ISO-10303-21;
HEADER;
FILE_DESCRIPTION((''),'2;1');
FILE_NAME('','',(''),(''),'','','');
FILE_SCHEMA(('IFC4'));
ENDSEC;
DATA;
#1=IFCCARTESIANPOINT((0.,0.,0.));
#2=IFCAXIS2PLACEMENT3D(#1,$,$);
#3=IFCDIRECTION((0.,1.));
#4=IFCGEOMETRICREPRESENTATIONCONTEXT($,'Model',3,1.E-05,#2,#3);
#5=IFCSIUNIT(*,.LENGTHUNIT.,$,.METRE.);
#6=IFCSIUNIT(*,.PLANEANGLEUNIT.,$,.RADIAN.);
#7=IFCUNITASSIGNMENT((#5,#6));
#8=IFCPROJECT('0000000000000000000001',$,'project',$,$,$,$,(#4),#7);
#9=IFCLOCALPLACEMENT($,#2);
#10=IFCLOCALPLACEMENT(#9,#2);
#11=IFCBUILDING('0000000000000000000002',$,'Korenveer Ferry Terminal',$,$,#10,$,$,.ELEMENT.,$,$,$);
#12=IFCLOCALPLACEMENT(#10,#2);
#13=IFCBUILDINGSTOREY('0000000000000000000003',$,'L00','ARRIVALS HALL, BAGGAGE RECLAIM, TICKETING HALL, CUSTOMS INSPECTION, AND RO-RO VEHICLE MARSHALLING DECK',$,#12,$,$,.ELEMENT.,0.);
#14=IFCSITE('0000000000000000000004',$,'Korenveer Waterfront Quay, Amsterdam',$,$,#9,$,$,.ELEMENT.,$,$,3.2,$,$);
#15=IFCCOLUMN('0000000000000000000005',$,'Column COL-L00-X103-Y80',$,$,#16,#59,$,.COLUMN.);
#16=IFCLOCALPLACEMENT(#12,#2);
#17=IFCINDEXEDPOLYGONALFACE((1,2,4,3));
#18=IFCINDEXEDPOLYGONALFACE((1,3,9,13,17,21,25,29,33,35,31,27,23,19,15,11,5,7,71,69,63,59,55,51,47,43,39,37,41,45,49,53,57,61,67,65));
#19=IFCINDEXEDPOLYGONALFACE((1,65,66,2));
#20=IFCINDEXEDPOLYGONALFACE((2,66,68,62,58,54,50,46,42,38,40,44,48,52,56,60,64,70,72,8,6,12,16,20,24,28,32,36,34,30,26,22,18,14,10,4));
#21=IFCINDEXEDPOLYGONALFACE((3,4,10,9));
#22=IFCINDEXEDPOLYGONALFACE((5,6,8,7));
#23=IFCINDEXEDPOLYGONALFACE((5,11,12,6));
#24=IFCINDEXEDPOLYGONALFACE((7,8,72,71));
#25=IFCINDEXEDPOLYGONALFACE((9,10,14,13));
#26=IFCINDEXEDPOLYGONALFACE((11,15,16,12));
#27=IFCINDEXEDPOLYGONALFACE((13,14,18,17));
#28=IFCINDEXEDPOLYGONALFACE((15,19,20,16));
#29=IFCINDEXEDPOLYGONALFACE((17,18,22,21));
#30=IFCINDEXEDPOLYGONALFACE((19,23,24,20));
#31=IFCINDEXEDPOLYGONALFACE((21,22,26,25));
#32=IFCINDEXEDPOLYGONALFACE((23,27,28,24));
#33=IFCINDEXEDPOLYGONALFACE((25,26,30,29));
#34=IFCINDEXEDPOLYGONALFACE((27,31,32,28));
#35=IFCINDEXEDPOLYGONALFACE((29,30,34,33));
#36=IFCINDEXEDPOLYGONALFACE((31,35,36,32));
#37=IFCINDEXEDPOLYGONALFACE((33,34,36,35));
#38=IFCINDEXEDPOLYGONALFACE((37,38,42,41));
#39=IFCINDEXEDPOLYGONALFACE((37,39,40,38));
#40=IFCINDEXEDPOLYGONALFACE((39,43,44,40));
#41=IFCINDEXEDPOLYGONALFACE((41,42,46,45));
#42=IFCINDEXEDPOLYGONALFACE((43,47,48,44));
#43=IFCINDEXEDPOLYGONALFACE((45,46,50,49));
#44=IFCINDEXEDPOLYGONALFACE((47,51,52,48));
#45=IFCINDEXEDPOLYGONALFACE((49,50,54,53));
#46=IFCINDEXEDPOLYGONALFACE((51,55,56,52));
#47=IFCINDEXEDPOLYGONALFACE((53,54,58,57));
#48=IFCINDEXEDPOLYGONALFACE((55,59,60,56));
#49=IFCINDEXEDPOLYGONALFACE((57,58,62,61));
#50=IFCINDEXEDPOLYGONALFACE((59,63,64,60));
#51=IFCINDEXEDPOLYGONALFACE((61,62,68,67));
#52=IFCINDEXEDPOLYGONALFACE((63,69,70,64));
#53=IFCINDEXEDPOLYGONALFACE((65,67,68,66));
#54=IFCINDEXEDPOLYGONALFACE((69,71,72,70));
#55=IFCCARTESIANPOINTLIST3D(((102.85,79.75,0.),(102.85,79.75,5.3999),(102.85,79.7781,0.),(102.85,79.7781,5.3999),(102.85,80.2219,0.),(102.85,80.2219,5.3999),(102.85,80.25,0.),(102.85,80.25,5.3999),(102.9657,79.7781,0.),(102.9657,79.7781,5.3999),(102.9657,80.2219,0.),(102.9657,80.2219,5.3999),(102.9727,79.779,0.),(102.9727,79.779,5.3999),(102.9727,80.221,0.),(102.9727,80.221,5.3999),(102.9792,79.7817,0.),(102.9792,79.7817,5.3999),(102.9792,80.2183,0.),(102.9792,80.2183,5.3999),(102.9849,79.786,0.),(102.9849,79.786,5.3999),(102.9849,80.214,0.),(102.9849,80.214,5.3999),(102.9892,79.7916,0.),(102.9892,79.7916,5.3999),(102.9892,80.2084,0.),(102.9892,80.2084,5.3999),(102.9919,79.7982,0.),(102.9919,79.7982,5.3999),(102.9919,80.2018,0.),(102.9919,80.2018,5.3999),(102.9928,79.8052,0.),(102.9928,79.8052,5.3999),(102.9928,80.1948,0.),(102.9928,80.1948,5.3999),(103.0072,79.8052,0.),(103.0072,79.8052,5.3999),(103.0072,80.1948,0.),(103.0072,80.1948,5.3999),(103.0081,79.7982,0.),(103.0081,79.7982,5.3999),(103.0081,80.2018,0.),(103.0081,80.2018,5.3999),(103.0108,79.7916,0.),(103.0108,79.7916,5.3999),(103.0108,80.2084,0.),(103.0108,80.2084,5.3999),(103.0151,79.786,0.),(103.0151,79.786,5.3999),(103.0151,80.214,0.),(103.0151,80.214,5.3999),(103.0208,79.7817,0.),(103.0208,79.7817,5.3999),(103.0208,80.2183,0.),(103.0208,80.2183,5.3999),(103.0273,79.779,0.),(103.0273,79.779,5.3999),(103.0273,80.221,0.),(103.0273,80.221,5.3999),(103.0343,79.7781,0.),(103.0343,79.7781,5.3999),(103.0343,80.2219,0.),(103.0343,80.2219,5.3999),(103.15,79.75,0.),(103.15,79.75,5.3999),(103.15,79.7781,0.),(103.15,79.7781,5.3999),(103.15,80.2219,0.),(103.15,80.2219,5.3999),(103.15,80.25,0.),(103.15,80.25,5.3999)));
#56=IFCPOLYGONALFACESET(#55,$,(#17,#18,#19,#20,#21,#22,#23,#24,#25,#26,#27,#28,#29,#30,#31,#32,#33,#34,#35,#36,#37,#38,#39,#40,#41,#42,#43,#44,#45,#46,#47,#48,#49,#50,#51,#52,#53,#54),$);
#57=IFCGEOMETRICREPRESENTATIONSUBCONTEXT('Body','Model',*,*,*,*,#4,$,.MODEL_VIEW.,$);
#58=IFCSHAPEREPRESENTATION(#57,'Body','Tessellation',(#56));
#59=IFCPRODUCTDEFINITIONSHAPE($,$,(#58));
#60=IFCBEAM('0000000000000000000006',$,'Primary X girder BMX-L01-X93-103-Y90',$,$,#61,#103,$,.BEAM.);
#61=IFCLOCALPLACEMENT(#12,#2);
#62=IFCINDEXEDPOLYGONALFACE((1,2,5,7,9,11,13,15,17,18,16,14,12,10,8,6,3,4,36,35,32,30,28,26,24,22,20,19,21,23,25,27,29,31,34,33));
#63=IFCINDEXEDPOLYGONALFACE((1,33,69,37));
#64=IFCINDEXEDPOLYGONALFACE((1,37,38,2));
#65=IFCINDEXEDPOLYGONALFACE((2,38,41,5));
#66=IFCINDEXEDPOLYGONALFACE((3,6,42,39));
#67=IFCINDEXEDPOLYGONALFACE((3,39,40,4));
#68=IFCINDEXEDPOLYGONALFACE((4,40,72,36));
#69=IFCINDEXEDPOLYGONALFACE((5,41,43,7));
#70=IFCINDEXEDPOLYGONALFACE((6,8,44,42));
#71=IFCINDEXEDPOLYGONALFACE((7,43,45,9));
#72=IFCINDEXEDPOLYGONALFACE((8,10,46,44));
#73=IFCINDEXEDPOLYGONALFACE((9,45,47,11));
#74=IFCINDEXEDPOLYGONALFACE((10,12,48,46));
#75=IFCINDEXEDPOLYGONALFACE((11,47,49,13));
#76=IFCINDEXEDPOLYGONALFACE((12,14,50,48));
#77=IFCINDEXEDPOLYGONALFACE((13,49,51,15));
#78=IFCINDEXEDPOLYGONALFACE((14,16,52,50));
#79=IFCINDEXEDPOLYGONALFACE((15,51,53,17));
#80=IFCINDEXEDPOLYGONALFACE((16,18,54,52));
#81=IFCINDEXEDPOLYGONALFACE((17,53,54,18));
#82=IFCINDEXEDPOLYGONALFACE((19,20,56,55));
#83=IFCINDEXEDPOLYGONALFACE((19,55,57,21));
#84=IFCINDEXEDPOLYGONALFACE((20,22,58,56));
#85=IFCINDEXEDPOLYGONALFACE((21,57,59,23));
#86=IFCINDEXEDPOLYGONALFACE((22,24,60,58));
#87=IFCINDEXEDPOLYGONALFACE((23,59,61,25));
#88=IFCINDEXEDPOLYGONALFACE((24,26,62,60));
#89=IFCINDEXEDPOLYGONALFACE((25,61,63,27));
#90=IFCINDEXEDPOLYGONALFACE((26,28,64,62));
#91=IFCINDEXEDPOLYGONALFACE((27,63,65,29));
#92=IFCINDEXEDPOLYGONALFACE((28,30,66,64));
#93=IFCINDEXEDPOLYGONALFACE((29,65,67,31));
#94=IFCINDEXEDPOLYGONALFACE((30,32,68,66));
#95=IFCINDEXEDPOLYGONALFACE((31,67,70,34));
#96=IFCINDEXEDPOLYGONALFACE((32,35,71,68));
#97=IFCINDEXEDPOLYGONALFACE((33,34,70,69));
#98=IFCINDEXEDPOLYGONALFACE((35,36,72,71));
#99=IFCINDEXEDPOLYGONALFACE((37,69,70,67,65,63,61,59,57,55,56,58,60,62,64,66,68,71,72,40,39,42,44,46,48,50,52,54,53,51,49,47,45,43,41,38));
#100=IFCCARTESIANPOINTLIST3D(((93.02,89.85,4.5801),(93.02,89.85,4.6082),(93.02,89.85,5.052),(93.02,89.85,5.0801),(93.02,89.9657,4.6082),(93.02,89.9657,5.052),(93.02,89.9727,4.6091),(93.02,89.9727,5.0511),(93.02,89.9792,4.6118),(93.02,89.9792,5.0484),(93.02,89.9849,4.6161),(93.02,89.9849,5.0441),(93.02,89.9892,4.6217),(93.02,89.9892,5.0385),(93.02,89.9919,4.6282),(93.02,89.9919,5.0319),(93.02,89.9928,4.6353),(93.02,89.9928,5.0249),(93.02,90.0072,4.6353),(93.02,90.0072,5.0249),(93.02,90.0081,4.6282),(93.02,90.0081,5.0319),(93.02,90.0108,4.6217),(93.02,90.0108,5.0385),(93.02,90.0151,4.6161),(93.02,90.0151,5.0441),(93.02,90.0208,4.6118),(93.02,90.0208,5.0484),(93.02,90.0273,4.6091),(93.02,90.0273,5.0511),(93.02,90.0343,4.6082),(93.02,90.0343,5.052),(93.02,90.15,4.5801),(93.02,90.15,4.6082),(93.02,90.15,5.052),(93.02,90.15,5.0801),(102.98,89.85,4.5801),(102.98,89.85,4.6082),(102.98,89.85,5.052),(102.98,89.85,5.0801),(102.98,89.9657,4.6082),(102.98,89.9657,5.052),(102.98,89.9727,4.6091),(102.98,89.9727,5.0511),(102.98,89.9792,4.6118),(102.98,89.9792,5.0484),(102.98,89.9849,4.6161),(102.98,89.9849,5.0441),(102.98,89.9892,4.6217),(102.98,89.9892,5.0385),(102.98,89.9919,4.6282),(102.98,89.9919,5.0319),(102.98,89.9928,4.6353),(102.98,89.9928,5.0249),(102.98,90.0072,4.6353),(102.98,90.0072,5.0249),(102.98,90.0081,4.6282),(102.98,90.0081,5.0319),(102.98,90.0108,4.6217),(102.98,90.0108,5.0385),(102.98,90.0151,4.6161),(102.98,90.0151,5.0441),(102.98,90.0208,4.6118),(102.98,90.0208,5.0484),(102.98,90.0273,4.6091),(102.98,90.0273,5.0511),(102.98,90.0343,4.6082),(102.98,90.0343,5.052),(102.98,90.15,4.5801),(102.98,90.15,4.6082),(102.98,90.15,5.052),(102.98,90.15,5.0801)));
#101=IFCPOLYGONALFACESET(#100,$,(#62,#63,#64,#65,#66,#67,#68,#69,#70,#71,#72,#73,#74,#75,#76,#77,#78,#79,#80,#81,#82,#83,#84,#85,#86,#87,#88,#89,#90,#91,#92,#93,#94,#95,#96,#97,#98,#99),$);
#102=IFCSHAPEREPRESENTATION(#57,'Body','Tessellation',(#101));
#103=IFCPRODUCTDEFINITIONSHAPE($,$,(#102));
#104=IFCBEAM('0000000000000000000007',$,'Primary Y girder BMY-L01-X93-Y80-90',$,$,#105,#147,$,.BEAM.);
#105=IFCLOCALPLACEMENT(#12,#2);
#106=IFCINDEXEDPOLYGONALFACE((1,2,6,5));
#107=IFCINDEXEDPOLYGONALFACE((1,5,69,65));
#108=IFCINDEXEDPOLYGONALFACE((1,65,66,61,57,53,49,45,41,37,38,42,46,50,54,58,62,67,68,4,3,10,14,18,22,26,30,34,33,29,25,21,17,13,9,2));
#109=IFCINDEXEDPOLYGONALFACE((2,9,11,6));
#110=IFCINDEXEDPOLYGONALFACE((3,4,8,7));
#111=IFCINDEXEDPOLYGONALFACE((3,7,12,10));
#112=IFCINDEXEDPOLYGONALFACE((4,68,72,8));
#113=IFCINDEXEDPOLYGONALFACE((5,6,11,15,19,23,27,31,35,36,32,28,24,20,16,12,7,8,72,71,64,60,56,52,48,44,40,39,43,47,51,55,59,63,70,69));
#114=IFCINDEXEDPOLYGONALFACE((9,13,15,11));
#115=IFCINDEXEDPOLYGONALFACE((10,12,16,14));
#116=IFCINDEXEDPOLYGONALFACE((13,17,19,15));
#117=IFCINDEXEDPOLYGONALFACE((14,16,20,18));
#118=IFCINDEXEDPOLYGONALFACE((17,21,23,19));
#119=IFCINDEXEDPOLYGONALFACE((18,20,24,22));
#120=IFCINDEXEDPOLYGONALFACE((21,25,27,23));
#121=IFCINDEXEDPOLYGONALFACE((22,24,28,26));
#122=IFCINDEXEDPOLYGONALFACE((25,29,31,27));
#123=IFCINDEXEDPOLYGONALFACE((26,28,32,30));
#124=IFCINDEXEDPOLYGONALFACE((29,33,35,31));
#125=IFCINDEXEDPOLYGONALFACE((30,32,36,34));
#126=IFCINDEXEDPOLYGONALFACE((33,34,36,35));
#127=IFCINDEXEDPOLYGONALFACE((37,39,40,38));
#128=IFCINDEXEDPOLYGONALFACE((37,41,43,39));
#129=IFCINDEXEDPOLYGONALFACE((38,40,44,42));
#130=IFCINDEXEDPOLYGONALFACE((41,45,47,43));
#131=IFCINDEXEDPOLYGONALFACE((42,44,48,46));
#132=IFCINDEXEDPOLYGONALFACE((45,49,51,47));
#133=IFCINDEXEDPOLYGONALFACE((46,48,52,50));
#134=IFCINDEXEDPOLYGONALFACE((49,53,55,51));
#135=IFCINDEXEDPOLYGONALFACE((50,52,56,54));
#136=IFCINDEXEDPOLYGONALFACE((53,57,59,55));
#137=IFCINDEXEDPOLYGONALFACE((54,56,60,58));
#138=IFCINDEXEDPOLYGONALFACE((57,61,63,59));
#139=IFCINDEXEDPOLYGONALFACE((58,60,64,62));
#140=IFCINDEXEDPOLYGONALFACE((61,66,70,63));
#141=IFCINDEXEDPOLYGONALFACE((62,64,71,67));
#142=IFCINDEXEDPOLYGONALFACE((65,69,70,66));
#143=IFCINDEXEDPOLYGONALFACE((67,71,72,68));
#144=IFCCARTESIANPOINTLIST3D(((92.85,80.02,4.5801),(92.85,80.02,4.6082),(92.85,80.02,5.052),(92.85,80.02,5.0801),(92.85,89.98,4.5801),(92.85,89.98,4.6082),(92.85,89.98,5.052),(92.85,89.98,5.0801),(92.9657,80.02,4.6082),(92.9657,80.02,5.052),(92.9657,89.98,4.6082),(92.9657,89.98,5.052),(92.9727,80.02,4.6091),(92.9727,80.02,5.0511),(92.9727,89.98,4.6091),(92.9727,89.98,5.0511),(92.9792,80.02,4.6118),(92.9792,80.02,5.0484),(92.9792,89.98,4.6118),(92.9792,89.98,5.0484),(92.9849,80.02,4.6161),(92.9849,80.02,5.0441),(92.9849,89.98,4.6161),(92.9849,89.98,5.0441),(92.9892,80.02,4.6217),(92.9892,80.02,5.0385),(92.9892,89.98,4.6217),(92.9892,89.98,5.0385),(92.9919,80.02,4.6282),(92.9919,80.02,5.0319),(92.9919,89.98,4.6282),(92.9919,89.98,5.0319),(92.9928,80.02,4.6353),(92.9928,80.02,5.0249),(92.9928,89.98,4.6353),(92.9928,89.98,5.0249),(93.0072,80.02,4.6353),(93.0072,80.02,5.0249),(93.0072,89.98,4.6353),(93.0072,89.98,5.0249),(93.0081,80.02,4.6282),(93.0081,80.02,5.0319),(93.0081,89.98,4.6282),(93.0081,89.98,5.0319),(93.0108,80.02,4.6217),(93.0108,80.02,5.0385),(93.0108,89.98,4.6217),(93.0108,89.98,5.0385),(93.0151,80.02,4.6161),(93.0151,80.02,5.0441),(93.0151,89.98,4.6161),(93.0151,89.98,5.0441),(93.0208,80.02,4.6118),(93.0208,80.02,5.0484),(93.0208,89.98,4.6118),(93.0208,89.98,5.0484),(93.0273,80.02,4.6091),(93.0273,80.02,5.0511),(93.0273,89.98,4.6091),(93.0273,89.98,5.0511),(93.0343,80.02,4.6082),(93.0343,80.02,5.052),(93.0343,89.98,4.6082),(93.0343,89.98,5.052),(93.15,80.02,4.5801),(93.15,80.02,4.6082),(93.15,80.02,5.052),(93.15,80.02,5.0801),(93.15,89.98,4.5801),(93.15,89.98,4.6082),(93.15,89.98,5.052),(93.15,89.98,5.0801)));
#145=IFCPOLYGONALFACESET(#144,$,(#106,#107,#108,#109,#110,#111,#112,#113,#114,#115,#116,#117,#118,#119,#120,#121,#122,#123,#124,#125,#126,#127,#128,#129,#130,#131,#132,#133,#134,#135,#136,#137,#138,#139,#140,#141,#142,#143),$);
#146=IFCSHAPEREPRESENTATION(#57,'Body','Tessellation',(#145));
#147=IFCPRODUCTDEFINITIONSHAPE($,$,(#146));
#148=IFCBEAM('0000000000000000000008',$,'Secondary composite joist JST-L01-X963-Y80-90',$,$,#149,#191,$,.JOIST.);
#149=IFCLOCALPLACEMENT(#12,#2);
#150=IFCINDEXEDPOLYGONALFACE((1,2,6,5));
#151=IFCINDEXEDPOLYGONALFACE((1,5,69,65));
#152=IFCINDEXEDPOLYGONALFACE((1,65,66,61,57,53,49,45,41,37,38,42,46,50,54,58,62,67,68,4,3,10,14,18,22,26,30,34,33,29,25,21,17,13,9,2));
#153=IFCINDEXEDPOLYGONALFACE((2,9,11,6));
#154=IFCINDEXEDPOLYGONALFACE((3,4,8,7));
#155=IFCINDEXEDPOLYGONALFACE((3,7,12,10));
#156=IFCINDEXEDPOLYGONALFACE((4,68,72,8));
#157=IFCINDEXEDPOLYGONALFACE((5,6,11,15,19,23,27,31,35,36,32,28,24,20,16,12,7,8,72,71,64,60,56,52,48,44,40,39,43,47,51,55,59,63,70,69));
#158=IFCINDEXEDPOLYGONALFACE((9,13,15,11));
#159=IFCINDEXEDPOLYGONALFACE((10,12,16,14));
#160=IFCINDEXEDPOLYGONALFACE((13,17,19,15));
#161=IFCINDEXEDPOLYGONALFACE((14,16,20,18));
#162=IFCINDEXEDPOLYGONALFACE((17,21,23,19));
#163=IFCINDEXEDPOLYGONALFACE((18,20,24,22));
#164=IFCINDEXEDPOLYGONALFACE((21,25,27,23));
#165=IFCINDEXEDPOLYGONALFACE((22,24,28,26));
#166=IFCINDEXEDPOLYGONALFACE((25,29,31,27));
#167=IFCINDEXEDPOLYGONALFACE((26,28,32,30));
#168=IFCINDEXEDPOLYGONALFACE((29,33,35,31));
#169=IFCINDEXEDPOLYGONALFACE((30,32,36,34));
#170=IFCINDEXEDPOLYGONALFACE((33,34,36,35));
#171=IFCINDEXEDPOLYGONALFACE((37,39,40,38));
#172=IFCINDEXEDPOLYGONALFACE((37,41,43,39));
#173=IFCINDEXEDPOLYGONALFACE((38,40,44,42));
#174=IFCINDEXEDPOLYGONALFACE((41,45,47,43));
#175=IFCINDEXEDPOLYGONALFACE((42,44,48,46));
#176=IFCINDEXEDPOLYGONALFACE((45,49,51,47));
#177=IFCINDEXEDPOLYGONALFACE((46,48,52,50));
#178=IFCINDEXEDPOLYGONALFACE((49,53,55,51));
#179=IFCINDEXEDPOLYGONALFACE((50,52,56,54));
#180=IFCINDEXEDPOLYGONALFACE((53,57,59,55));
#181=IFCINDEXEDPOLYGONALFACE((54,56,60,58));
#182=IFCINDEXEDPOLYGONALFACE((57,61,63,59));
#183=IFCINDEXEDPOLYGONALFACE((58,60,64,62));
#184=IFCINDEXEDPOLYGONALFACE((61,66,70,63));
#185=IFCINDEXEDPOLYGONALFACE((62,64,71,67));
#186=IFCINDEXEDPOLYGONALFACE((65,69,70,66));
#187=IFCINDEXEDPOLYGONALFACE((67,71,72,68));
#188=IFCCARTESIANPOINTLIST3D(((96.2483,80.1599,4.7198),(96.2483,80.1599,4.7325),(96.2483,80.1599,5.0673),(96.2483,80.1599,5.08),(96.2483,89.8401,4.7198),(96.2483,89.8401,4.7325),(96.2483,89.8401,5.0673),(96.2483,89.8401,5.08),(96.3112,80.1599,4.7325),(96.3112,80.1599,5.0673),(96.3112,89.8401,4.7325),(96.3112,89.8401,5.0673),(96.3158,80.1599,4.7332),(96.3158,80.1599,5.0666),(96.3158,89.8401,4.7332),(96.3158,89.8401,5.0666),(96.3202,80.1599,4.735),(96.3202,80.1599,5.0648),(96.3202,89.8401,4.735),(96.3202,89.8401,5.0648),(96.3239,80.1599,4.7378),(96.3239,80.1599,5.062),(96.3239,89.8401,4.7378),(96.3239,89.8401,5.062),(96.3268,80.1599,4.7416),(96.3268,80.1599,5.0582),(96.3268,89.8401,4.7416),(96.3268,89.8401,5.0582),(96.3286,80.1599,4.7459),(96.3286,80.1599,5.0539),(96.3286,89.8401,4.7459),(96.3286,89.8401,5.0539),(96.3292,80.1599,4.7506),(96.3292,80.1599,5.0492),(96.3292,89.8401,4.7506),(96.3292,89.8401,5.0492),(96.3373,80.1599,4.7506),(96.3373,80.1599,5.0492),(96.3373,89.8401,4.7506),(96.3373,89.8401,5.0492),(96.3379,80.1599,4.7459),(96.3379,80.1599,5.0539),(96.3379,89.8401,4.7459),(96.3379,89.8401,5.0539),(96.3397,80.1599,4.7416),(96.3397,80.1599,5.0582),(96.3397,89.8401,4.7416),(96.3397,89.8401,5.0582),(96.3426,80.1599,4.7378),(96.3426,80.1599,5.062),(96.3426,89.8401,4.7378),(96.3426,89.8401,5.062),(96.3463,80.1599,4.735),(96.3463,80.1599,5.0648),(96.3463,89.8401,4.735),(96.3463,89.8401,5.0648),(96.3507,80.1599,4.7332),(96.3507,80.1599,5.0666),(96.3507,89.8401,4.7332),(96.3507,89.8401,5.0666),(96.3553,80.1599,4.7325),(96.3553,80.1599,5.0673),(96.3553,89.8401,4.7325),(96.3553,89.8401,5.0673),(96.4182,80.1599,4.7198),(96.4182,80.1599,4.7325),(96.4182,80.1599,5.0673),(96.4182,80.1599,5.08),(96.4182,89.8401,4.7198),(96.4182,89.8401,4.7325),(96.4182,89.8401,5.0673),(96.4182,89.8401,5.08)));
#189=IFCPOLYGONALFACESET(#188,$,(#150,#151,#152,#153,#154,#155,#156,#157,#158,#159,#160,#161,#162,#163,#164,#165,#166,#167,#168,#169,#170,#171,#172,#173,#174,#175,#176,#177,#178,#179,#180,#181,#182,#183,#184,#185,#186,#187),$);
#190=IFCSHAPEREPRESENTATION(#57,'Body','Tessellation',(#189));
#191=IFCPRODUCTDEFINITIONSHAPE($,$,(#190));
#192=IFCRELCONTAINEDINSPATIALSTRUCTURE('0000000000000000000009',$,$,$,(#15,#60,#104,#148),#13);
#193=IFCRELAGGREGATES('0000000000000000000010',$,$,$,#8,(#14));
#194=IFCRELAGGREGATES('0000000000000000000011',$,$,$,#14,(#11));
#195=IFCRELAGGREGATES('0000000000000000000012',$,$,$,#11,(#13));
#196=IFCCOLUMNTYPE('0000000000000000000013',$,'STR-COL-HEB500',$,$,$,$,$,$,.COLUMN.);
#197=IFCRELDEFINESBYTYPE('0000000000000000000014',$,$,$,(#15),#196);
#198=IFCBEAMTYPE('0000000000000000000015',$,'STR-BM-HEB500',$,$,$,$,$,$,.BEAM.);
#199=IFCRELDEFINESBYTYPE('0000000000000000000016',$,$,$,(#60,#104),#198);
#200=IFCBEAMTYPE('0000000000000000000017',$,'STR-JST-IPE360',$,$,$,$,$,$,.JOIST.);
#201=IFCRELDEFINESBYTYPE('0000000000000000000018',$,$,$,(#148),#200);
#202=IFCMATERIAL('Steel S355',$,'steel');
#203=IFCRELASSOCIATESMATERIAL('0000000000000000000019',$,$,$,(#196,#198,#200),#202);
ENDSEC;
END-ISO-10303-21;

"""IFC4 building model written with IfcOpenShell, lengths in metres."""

from ifc_helpers import new_model, si_unit, direction, frame, origin, origin_2d, place, context, subcontext, project, spatial, i_section, extrude, material, material_profile, profile_set, type_object, element, save


model = new_model("IFC4")

# Units and contexts
model_context = context("Model", 3, precision=1e-05, world=origin(), true_north=direction((0.0, 1.0)))
body_context = subcontext(model_context, "Body", "Model", "MODEL_VIEW")
ifc_project = project(units=[si_unit("LENGTHUNIT", "METRE"), si_unit("PLANEANGLEUNIT", "RADIAN")], contexts=[model_context])

# Site, building, storey
site_placement = place(None, origin())
site = spatial("IfcSite", under=ifc_project, at=site_placement, Name="Korenveer Waterfront Quay, Amsterdam", CompositionType="ELEMENT", RefElevation=3.2)
building_placement = place(site_placement, origin())
building = spatial("IfcBuilding", under=site, at=building_placement, Name="Korenveer Ferry Terminal", CompositionType="ELEMENT")
storey_placement = place(building_placement, origin())
storey = spatial("IfcBuildingStorey", under=building, at=storey_placement, Name="L00", Description="ARRIVALS HALL, BAGGAGE RECLAIM, TICKETING HALL, CUSTOMS INSPECTION, AND RO-RO VEHICLE MARSHALLING DECK", CompositionType="ELEMENT", Elevation=0.0)

# Column
ifc_material_1 = material(Name="Steel S355", Category="steel")
ifc_material_profile_1 = material_profile(ifc_material_1, i_section(OverallWidth=0.3, OverallDepth=0.5, WebThickness=0.0144, FlangeThickness=0.0281, FilletRadius=0.0271, at=origin_2d()), Name="HEB 500")
ifc_profile_set_1 = profile_set([ifc_material_profile_1], Name="Steel S355")
column_type = type_object("IfcColumnType", Name="STR-COL-HEB500", PredefinedType="COLUMN", material=ifc_profile_set_1)
for number, where, z_axis, x_axis, name in (
    (1, (103.0, 80.0, 0.0), (0.0, 0.0, 1.0), (1.0, 0.0, 0.0), "Column COL-L00-X103-Y80"),
):
    element("IfcColumn", number, at=place(storey_placement, frame(where, z_axis=z_axis, x_axis=x_axis)), inside=storey, type_object=column_type, Name=name, PredefinedType="COLUMN", context=body_context, shape_type="SweptSolid", body=[
        extrude(i_section(OverallWidth=0.3, OverallDepth=0.5, WebThickness=0.0144, FlangeThickness=0.0281, FilletRadius=0.0271, at=origin_2d()), origin(), (0.0, 0.0, 1.0), 5.3999),
    ])

# Beams
ifc_material_profile_2 = material_profile(ifc_material_1, i_section(OverallWidth=0.3, OverallDepth=0.5, WebThickness=0.0144, FlangeThickness=0.0281, FilletRadius=0.0271, at=origin_2d()), Name="HEB 500")
ifc_profile_set_2 = profile_set([ifc_material_profile_2], Name="Steel S355")
beam_type_1 = type_object("IfcBeamType", Name="STR-BM-HEB500", PredefinedType="BEAM", material=ifc_profile_set_2)
for number, where, z_axis, x_axis, name in (
    (2, (93.02, 90.0, 4.8301), (1.0, 0.0, 0.0), (0.0, 1.0, 0.0), "Primary X girder BMX-L01-X93-103-Y90"),
    (3, (93.0, 80.02, 4.8301), (0.0, 1.0, 0.0), (-1.0, 0.0, 0.0), "Primary Y girder BMY-L01-X93-Y80-90"),
):
    element("IfcBeam", number, at=place(storey_placement, frame(where, z_axis=z_axis, x_axis=x_axis)), inside=storey, type_object=beam_type_1, Name=name, PredefinedType="BEAM", context=body_context, shape_type="SweptSolid", body=[
        extrude(i_section(OverallWidth=0.3, OverallDepth=0.5, WebThickness=0.0144, FlangeThickness=0.0281, FilletRadius=0.0271, at=origin_2d()), origin(), (0.0, 0.0, 1.0), 9.96),
    ])
ifc_material_profile_3 = material_profile(ifc_material_1, i_section(OverallWidth=0.1699, OverallDepth=0.3601, WebThickness=0.0081, FlangeThickness=0.0127, FilletRadius=0.0181, at=origin_2d()), Name="IPE 360")
ifc_profile_set_3 = profile_set([ifc_material_profile_3], Name="Steel S355")
beam_type_2 = type_object("IfcBeamType", Name="STR-JST-IPE360", PredefinedType="JOIST", material=ifc_profile_set_3)
for number, where, z_axis, x_axis, name in (
    (4, (96.3333, 80.1599, 4.8999), (0.0, 1.0, 0.0), (-1.0, 0.0, 0.0), "Secondary composite joist JST-L01-X963-Y80-90"),
):
    element("IfcBeam", number, at=place(storey_placement, frame(where, z_axis=z_axis, x_axis=x_axis)), inside=storey, type_object=beam_type_2, Name=name, PredefinedType="JOIST", context=body_context, shape_type="SweptSolid", body=[
        extrude(i_section(OverallWidth=0.1699, OverallDepth=0.3601, WebThickness=0.0081, FlangeThickness=0.0127, FilletRadius=0.0181, at=origin_2d()), origin(), (0.0, 0.0, 1.0), 9.6802),
    ])

save(model, "model.ifc")
